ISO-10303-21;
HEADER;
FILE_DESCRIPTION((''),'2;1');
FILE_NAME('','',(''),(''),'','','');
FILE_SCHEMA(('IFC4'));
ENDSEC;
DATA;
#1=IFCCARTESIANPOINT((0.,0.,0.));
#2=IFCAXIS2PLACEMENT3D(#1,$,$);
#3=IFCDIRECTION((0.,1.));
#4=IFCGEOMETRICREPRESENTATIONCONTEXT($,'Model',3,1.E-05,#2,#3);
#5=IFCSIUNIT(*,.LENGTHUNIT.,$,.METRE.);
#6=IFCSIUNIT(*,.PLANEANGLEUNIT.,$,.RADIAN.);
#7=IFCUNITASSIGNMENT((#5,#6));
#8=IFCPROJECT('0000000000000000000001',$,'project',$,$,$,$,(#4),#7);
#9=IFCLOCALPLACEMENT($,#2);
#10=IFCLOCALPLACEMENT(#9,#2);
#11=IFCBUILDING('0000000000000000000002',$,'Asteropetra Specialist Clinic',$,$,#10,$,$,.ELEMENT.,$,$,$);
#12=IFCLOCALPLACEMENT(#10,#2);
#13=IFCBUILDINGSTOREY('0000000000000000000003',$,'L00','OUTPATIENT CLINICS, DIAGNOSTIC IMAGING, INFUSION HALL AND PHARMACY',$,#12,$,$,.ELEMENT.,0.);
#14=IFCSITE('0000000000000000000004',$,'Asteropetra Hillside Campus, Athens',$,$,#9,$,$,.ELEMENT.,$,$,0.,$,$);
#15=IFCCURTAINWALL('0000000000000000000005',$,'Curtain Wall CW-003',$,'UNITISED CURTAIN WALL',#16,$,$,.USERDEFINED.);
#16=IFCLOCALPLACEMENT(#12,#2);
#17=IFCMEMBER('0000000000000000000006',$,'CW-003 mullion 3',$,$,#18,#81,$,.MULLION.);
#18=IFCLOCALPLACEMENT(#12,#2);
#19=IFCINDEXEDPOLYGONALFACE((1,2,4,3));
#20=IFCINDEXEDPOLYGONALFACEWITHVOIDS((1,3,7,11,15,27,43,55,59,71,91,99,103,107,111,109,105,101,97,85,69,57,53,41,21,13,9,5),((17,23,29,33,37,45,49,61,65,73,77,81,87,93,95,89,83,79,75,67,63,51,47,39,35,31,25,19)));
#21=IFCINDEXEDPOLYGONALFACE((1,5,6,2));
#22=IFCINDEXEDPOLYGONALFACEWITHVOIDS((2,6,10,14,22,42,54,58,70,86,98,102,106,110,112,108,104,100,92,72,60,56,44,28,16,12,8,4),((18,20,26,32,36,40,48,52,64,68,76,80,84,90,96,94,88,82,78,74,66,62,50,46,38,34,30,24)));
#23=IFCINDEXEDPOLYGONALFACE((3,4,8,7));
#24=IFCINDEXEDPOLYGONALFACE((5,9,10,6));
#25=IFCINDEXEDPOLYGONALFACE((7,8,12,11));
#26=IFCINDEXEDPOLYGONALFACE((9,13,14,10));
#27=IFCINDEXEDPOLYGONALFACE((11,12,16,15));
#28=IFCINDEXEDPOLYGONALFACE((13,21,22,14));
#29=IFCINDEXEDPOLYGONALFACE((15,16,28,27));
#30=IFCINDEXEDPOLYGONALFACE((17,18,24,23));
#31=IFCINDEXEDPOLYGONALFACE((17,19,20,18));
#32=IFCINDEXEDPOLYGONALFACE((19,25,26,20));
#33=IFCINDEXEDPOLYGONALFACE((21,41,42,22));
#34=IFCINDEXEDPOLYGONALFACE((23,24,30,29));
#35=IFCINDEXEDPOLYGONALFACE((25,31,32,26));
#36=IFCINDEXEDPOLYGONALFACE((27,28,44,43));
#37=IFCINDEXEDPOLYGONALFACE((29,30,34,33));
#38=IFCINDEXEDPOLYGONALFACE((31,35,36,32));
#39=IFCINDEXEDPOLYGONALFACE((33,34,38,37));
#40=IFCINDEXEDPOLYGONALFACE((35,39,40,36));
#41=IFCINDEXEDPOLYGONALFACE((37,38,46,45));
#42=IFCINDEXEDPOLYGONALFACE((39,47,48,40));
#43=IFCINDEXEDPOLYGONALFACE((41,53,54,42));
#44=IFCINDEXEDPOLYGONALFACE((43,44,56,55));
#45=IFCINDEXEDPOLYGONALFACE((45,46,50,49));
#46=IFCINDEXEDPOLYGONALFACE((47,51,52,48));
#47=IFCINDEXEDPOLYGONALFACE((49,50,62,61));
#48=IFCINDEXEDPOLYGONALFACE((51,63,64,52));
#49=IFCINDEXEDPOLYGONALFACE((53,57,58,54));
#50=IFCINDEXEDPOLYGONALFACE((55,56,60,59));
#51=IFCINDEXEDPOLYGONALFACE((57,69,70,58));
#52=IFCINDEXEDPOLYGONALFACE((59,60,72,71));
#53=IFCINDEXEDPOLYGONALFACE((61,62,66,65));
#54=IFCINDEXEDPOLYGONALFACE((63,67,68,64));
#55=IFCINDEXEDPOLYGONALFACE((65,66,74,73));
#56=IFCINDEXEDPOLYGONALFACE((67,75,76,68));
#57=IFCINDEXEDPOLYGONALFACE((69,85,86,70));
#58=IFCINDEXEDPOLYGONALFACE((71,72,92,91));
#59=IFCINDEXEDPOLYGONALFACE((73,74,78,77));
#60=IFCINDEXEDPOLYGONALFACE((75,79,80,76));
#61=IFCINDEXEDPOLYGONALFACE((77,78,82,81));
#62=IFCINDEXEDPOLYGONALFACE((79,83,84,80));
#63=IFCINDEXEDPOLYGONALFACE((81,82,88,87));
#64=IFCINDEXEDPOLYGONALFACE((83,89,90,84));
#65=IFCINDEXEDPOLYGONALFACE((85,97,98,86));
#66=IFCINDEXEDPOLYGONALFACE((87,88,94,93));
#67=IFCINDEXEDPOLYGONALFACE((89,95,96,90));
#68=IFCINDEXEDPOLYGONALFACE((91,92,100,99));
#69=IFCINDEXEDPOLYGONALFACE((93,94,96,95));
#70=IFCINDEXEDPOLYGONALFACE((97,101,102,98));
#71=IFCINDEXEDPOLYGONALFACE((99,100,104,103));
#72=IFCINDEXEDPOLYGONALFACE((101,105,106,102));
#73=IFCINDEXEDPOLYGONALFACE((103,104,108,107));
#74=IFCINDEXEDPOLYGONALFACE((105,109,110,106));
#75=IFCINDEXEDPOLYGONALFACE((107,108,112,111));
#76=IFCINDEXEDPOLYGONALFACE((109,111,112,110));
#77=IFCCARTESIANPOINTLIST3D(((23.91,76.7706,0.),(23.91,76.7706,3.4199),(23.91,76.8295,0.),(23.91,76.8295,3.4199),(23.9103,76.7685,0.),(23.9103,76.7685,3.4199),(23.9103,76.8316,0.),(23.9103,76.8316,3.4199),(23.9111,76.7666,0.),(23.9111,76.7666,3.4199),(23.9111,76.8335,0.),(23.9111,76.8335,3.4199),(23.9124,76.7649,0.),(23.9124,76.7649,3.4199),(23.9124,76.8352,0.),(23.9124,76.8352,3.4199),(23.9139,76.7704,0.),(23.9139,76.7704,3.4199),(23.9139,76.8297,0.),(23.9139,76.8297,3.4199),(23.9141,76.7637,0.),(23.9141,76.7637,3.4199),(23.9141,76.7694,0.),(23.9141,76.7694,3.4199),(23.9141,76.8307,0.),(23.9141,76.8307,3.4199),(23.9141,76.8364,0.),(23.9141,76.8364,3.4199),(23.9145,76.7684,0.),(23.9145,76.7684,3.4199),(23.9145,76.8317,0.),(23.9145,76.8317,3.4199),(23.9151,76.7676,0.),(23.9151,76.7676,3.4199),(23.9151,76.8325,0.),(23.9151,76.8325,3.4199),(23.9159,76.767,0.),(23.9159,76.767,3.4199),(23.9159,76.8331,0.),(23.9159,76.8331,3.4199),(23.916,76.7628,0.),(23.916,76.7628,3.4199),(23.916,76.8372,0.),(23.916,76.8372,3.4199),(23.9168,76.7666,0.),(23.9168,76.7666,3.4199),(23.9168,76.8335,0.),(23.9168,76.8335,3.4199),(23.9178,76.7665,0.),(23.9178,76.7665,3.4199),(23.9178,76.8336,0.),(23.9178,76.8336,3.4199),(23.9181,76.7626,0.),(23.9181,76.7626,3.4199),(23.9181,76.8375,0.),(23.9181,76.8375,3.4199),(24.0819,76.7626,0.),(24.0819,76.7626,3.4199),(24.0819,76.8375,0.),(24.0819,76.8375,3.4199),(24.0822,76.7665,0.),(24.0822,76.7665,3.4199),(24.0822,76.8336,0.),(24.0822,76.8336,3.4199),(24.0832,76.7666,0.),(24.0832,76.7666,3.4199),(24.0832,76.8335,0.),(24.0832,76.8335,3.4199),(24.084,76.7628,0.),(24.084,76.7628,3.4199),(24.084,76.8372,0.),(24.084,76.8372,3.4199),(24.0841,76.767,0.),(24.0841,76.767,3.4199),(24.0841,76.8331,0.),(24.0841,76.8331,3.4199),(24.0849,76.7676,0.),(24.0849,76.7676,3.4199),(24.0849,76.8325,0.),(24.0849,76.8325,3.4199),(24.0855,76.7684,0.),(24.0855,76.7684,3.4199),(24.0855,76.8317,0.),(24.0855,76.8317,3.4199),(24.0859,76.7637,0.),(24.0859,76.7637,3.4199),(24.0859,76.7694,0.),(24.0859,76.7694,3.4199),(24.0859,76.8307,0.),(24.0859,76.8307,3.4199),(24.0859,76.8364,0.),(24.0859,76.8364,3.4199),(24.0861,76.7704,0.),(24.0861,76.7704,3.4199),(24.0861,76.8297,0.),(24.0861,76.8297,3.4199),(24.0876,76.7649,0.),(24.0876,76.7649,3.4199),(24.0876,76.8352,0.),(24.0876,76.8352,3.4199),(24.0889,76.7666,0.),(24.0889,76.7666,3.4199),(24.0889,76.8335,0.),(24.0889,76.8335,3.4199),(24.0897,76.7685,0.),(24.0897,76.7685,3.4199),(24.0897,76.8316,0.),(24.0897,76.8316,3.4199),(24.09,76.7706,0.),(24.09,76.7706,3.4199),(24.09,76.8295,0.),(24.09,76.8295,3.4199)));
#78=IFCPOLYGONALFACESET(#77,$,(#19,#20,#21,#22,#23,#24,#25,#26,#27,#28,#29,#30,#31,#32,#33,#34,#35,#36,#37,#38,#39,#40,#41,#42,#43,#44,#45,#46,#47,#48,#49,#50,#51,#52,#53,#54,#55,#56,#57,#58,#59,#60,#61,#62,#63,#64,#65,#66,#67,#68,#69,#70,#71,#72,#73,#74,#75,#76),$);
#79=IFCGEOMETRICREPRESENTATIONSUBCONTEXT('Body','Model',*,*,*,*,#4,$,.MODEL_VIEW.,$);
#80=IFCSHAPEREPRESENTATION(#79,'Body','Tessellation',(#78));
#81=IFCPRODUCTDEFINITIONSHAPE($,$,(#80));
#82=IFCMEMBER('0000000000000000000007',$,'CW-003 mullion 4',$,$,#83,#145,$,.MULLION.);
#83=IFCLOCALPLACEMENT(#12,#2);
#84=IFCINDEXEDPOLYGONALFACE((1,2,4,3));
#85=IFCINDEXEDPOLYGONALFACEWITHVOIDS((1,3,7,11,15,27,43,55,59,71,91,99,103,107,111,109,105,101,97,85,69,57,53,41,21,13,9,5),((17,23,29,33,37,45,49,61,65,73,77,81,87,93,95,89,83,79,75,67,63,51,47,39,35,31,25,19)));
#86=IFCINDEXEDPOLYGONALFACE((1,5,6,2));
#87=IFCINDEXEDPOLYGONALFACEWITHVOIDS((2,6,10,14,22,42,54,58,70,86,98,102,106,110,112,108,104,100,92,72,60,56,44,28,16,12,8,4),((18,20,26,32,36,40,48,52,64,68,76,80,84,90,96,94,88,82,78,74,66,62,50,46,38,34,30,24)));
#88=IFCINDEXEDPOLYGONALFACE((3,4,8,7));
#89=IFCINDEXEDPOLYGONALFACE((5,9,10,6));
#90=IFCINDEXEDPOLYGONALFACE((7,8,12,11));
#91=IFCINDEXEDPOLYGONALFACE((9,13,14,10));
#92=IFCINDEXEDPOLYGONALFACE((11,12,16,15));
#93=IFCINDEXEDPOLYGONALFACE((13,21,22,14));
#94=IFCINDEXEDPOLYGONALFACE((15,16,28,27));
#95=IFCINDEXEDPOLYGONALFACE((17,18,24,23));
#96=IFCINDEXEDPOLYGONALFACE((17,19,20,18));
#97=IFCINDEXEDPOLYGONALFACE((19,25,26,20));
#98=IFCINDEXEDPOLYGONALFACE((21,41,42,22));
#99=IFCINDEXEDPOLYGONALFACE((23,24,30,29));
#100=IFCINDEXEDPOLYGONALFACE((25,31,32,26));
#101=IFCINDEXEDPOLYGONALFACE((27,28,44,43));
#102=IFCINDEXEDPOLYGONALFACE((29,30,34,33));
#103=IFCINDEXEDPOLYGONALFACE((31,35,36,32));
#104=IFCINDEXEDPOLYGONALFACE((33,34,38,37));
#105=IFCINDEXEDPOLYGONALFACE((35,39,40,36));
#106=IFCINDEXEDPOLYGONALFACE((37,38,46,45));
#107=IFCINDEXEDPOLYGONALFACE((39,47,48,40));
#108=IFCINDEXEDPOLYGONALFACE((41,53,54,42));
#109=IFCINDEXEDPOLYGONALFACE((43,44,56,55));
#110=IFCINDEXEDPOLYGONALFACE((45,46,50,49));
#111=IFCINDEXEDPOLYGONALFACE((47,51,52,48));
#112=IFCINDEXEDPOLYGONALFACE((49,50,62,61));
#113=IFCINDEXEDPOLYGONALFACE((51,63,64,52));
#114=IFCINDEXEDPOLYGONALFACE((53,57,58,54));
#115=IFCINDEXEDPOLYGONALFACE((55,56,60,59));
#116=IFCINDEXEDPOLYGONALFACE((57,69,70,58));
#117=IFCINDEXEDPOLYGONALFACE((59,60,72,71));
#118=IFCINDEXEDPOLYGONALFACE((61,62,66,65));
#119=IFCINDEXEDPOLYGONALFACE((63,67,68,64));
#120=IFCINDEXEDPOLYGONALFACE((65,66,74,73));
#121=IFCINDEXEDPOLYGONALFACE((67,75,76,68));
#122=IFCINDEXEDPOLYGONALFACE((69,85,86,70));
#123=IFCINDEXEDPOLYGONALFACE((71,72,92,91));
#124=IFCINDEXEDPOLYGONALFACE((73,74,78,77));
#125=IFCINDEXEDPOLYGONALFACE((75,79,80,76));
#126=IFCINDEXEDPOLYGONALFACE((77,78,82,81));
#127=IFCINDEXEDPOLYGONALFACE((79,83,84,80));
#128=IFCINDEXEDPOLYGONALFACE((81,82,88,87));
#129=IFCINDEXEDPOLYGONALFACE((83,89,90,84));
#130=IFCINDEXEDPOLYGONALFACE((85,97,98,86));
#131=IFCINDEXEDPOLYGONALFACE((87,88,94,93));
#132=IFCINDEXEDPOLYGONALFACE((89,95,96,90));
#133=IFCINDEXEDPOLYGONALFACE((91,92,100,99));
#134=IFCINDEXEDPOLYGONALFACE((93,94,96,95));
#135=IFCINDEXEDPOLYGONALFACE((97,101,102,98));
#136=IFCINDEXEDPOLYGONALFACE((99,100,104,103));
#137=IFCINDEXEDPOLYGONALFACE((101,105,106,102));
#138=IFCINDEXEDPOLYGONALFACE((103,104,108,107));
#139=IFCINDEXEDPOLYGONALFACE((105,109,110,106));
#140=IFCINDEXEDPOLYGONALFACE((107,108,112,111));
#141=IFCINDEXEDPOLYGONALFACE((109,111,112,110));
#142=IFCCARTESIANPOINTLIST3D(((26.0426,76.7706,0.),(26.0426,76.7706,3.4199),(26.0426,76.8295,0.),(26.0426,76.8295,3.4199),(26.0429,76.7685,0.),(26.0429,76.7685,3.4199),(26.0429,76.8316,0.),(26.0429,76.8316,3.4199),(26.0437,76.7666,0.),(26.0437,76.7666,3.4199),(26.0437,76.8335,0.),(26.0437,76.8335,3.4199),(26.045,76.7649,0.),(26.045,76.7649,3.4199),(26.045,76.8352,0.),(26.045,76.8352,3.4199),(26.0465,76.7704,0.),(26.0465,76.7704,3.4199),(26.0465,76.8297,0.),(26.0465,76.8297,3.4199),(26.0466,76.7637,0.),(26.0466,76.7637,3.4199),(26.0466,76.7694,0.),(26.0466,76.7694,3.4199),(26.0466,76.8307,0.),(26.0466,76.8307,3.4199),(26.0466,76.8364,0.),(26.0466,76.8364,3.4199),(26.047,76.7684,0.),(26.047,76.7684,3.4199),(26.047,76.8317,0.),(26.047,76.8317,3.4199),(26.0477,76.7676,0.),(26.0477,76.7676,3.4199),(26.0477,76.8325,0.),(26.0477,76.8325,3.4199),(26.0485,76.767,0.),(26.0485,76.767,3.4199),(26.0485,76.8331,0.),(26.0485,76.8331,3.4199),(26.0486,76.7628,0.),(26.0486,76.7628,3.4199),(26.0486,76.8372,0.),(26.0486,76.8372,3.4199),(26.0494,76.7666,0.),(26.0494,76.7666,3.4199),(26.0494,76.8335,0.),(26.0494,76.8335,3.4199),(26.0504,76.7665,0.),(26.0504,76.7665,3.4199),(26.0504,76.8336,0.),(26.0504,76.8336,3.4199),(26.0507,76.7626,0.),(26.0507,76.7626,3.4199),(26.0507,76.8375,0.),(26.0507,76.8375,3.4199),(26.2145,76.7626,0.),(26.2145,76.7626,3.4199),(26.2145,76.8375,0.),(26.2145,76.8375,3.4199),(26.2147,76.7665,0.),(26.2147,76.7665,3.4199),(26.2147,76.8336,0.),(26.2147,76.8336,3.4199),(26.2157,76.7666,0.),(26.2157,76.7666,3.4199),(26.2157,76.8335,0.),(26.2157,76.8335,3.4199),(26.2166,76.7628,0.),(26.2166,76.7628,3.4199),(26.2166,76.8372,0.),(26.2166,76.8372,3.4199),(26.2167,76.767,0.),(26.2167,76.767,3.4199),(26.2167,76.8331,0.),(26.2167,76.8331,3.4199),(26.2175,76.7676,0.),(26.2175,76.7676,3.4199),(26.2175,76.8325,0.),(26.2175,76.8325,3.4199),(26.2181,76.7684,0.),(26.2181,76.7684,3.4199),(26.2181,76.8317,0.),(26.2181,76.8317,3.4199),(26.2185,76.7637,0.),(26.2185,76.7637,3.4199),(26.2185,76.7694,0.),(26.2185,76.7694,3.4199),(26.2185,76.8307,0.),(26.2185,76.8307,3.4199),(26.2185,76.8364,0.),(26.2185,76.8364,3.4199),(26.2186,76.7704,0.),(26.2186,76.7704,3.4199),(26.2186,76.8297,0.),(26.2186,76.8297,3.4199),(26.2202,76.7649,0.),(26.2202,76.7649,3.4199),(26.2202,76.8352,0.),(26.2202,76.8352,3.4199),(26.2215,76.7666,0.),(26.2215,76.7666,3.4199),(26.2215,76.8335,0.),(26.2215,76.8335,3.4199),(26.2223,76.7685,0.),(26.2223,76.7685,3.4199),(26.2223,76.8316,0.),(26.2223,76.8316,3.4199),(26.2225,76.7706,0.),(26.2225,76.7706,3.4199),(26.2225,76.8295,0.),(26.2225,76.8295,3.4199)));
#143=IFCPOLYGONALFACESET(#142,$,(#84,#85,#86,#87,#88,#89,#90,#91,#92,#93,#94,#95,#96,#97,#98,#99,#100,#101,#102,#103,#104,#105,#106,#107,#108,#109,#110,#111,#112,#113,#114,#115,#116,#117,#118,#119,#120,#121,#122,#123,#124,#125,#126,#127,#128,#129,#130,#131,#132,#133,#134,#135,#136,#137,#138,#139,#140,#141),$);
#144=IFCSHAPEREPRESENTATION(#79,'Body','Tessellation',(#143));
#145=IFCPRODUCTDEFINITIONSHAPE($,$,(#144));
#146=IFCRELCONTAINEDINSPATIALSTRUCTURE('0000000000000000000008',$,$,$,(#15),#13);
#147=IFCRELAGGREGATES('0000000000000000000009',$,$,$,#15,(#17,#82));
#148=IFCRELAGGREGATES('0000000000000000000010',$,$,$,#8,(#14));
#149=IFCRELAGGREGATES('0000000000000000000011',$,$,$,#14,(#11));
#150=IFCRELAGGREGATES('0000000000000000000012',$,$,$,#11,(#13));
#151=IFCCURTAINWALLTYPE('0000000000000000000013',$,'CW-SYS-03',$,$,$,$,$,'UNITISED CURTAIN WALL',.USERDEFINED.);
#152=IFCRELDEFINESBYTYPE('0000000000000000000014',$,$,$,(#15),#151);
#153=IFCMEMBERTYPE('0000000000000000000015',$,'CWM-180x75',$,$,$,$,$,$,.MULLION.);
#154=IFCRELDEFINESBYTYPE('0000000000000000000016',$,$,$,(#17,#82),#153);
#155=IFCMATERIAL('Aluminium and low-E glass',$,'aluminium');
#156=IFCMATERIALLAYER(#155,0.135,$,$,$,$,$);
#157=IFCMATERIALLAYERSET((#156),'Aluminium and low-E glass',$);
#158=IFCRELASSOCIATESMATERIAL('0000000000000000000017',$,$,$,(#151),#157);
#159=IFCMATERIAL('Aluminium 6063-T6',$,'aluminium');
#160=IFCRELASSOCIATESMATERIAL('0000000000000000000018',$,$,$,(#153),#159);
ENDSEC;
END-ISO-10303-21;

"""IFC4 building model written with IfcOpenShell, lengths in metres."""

from ifc_helpers import new_model, si_unit, direction, frame, origin, origin_2d, place, context, subcontext, project, spatial, hollow_rectangle, extrude, material, layer, layer_set, material_profile, profile_set, type_object, element, aggregate, save


model = new_model("IFC4")

# Units and contexts
model_context = context("Model", 3, precision=1e-05, world=origin(), true_north=direction((0.0, 1.0)))
body_context = subcontext(model_context, "Body", "Model", "MODEL_VIEW")
ifc_project = project(units=[si_unit("LENGTHUNIT", "METRE"), si_unit("PLANEANGLEUNIT", "RADIAN")], contexts=[model_context])

# Site, building, storey
site_placement = place(None, origin())
site = spatial("IfcSite", under=ifc_project, at=site_placement, Name="Asteropetra Hillside Campus, Athens", CompositionType="ELEMENT", RefElevation=0.0)
building_placement = place(site_placement, origin())
building = spatial("IfcBuilding", under=site, at=building_placement, Name="Asteropetra Specialist Clinic", CompositionType="ELEMENT")
storey_placement = place(building_placement, origin())
storey = spatial("IfcBuildingStorey", under=building, at=storey_placement, Name="L00", Description="OUTPATIENT CLINICS, DIAGNOSTIC IMAGING, INFUSION HALL AND PHARMACY", CompositionType="ELEMENT", Elevation=0.0)

# Curtain wall, members
ifc_material_1 = material(Name="Aluminium and low-E glass", Category="aluminium")
ifc_layer_1 = layer(ifc_material_1, 0.135)
ifc_layer_set_1 = layer_set([ifc_layer_1], Name="Aluminium and low-E glass")
curtain_wall_type = type_object("IfcCurtainWallType", Name="CW-SYS-03", ElementType="UNITISED CURTAIN WALL", PredefinedType="USERDEFINED", material=ifc_layer_set_1)
curtain_wall_placement = place(storey_placement, origin())
curtain_wall = element("IfcCurtainWall", 1, at=curtain_wall_placement, inside=storey, type_object=curtain_wall_type, Name="Curtain Wall CW-003", ObjectType="UNITISED CURTAIN WALL", PredefinedType="USERDEFINED")
ifc_material_2 = material(Name="Aluminium 6063-T6", Category="aluminium")
ifc_material_profile_1 = material_profile(ifc_material_2, hollow_rectangle(XDim=0.075, YDim=0.1799, WallThickness=0.0039, InnerFilletRadius=0.0039, OuterFilletRadius=0.0081, at=origin_2d()), Name="MUL 180x75x4.0")
ifc_profile_set_1 = profile_set([ifc_material_profile_1], Name="Aluminium 6063-T6")
member_type_1 = type_object("IfcMemberType", Name="CWM-180x75", PredefinedType="MULLION", material=ifc_profile_set_1)
member_1_placement = place(storey_placement, frame((24.0, 76.8, 0.0), z_axis=(0.0, 0.0, 1.0), x_axis=(0.0, 1.0, 0.0)))
member_1 = element("IfcMember", 2, at=member_1_placement, type_object=member_type_1, Name="CW-003 mullion 3", PredefinedType="MULLION", context=body_context, shape_type="SweptSolid", body=[
    extrude(hollow_rectangle(XDim=0.075, YDim=0.1799, WallThickness=0.0039, InnerFilletRadius=0.0039, OuterFilletRadius=0.0081, at=origin_2d()), origin(), (0.0, 0.0, 1.0), 3.4199),
])
member_2_placement = place(storey_placement, frame((26.1326, 76.8, 0.0), z_axis=(0.0, 0.0, 1.0), x_axis=(0.0, 1.0, 0.0)))
member_2 = element("IfcMember", 3, at=member_2_placement, type_object=member_type_1, Name="CW-003 mullion 4", PredefinedType="MULLION", context=body_context, shape_type="SweptSolid", body=[
    extrude(hollow_rectangle(XDim=0.075, YDim=0.1799, WallThickness=0.0039, InnerFilletRadius=0.0039, OuterFilletRadius=0.0081, at=origin_2d()), origin(), (0.0, 0.0, 1.0), 3.4199),
])
aggregate(curtain_wall, [member_1, member_2])

save(model, "model.ifc")
